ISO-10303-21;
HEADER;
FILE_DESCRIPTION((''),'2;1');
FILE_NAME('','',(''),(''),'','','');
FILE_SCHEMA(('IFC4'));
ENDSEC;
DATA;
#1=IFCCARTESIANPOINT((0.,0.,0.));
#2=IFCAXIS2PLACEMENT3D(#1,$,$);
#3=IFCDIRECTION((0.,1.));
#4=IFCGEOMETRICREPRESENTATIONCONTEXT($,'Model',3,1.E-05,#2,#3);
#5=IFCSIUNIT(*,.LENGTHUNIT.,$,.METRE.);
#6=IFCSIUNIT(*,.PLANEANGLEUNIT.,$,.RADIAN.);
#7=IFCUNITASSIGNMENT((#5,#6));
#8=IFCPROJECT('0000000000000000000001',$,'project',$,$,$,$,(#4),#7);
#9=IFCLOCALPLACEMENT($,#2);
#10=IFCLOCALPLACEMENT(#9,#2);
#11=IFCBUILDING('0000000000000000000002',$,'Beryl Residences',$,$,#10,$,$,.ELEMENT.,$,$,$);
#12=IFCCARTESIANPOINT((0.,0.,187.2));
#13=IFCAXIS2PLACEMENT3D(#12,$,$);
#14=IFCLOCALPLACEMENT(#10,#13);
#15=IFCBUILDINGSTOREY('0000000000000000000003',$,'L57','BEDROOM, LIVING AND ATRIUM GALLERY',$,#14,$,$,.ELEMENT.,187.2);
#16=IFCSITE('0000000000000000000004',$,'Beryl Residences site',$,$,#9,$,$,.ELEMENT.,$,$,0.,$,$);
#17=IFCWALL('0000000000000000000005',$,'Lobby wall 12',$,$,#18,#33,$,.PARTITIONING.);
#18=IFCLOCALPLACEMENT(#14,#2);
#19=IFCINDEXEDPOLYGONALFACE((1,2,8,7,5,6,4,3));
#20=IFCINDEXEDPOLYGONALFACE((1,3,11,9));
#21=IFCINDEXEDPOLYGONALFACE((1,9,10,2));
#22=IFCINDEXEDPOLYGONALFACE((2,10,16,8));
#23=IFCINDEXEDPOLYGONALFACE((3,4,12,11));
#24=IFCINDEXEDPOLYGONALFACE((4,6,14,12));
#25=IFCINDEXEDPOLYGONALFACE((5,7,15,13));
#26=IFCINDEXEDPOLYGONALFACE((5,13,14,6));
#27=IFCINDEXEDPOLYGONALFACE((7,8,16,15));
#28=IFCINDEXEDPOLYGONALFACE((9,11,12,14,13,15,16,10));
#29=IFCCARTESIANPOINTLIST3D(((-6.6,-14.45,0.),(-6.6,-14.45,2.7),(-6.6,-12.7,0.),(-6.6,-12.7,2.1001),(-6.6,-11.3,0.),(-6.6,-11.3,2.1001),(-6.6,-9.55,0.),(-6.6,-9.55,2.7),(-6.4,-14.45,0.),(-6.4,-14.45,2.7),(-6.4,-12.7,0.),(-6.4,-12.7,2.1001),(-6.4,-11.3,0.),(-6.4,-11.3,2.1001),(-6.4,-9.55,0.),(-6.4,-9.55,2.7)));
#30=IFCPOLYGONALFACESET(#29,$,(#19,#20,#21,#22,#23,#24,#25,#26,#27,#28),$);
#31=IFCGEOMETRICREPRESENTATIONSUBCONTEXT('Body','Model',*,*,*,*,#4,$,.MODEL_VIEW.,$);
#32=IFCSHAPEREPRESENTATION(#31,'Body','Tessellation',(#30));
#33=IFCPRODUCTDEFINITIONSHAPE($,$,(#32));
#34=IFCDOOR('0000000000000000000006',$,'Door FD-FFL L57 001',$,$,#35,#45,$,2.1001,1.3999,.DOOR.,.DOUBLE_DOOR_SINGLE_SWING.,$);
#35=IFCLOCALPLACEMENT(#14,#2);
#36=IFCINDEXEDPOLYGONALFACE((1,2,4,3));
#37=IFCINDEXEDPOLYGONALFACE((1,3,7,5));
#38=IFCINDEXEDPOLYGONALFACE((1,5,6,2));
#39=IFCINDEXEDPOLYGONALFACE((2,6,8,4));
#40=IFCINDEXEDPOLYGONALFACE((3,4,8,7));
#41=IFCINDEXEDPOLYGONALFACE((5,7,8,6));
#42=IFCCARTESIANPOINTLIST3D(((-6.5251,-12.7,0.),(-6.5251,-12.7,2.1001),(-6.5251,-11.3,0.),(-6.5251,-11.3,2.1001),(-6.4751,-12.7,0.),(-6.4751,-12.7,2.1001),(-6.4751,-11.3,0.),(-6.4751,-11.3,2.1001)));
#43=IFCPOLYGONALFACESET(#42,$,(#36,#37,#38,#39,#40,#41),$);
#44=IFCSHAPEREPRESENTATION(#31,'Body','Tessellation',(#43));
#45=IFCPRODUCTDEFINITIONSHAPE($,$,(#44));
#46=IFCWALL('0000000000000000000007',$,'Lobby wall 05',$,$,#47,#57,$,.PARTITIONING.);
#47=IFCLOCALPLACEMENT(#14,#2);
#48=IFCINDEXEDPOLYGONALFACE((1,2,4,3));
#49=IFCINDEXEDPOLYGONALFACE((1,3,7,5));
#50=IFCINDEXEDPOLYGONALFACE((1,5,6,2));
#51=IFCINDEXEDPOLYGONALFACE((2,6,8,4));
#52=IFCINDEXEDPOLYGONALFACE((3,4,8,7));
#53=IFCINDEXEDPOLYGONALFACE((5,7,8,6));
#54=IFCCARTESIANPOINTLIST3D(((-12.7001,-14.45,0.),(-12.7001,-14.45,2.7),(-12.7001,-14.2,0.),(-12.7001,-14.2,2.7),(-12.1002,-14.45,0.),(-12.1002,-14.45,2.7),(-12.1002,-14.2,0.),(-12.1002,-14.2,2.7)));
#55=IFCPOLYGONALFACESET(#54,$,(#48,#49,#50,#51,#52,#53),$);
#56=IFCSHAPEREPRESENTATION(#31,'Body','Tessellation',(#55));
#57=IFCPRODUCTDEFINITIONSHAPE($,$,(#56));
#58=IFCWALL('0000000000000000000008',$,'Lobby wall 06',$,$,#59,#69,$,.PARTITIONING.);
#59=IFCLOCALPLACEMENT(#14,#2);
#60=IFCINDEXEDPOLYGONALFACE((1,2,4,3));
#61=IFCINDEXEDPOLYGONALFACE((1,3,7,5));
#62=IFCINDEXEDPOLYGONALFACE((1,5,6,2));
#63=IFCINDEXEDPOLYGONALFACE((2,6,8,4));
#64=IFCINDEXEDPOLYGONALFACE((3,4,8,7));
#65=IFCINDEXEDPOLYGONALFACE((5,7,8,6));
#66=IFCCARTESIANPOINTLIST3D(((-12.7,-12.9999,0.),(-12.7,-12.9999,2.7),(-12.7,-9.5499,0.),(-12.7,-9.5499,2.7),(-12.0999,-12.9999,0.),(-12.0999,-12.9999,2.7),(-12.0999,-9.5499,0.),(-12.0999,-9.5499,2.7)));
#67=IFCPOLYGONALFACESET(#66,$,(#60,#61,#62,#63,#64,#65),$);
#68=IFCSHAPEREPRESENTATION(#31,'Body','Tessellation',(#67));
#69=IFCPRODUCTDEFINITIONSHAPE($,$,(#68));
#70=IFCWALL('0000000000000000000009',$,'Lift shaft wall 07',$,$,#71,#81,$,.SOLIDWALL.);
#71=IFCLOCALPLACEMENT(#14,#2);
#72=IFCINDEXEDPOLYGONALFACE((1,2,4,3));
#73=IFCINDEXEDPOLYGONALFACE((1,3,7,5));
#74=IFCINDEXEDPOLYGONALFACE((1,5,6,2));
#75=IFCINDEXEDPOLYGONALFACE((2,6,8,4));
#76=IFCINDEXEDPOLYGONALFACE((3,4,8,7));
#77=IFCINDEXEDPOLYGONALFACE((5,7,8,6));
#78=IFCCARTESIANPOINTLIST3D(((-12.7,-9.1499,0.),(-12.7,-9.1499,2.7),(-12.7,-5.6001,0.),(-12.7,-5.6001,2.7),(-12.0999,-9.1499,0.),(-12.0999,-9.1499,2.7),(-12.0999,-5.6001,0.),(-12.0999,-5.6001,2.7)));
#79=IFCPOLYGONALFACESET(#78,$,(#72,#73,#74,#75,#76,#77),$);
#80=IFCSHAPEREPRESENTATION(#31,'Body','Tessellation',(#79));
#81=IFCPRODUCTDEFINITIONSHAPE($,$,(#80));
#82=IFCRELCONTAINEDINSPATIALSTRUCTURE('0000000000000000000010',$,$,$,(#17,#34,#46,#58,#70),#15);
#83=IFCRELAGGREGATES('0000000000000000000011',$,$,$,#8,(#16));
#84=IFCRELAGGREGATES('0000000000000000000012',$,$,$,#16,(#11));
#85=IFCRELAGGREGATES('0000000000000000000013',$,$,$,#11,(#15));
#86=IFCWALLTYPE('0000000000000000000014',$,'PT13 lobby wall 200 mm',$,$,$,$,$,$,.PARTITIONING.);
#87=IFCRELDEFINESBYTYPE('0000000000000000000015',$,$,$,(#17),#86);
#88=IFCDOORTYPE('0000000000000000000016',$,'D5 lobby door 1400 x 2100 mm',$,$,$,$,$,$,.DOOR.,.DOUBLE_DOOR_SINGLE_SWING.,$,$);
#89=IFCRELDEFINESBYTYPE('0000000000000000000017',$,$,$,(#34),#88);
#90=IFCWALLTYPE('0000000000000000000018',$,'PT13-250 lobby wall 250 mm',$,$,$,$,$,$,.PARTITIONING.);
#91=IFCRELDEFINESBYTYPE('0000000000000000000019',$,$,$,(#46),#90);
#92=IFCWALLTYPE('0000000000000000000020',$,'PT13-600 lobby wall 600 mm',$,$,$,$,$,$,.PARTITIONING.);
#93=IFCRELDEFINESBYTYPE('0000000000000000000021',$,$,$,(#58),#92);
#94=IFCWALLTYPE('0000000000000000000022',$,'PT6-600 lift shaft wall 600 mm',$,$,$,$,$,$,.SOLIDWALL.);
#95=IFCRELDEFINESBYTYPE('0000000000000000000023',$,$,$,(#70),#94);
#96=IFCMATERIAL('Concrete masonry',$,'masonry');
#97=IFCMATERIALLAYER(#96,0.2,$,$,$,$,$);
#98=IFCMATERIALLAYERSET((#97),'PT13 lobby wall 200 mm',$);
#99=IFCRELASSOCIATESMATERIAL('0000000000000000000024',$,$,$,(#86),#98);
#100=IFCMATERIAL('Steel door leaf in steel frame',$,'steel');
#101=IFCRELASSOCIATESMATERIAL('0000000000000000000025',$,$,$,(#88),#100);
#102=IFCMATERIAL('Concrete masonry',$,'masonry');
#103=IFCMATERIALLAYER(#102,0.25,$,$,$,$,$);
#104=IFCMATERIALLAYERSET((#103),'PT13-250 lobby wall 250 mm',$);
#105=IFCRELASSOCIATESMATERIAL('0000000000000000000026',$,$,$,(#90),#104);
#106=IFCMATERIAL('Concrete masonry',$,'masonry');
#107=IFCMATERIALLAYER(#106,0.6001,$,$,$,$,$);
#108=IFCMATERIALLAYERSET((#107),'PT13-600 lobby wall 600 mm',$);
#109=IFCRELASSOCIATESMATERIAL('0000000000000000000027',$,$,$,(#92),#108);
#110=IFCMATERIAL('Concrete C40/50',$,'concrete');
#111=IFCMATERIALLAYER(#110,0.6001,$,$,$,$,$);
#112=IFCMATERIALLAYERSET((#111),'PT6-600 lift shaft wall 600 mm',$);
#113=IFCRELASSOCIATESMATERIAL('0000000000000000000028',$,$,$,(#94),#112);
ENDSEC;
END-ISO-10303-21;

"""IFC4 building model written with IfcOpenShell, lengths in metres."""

from ifc_helpers import new_model, si_unit, direction, frame, frame_2d, origin, place, context, subcontext, project, spatial, rectangle, extrude, material, layer, layer_set, type_object, element, fill, save


model = new_model("IFC4")

# Units and contexts
model_context = context("Model", 3, precision=1e-05, world=origin(), true_north=direction((0.0, 1.0)))
body_context = subcontext(model_context, "Body", "Model", "MODEL_VIEW")
ifc_project = project(units=[si_unit("LENGTHUNIT", "METRE"), si_unit("PLANEANGLEUNIT", "RADIAN")], contexts=[model_context])

# Site, building, storey
site_placement = place(None, origin())
site = spatial("IfcSite", under=ifc_project, at=site_placement, Name="Beryl Residences site", CompositionType="ELEMENT", RefElevation=0.0)
building_placement = place(site_placement, origin())
building = spatial("IfcBuilding", under=site, at=building_placement, Name="Beryl Residences", CompositionType="ELEMENT")
storey_placement = place(building_placement, frame((0.0, 0.0, 187.2)))
storey = spatial("IfcBuildingStorey", under=building, at=storey_placement, Name="L57", Description="BEDROOM, LIVING AND ATRIUM GALLERY", CompositionType="ELEMENT", Elevation=187.2)

# Wall, opening, door
ifc_material_1 = material(Name="Concrete masonry", Category="masonry")
ifc_layer_1 = layer(ifc_material_1, 0.2)
ifc_layer_set_1 = layer_set([ifc_layer_1], Name="PT13 lobby wall 200 mm")
wall_type_1 = type_object("IfcWallType", Name="PT13 lobby wall 200 mm", PredefinedType="PARTITIONING", material=ifc_layer_set_1)
wall_1_placement = place(storey_placement, frame((-6.5, -14.45, 0.0), z_axis=(0.0, 0.0, 1.0), x_axis=(0.0, 1.0, 0.0)))
wall_1 = element("IfcWall", 1, at=wall_1_placement, inside=storey, type_object=wall_type_1, Name="Lobby wall 12", PredefinedType="PARTITIONING", context=body_context, shape_type="SweptSolid", body=[
    extrude(rectangle(XDim=4.8999, YDim=0.2, at=frame_2d((2.45, 0.0))), origin(), (0.0, 0.0, 1.0), 2.7),
])
opening_1_placement = place(wall_1_placement, frame((3.1499, 0.0, 0.0), z_axis=(0.0, 0.0, 1.0), x_axis=(-1.0, 0.0, 0.0)))
opening_1 = element("IfcOpeningElement", 2, at=opening_1_placement, cuts=wall_1, PredefinedType="OPENING", context=body_context, shape_type="SweptSolid", body=[
    extrude(rectangle(XDim=1.3999, YDim=2.1001, at=frame_2d((0.7, 1.05))), frame((0.0, 0.1099, 0.0), z_axis=(0.0, -1.0, 0.0), x_axis=(1.0, 0.0, 0.0)), (0.0, 0.0, 1.0), 0.22),
])
ifc_material_2 = material(Name="Steel door leaf in steel frame", Category="steel")
door_type_1 = type_object("IfcDoorType", Name="D5 lobby door 1400 x 2100 mm", OperationType="DOUBLE_DOOR_SINGLE_SWING", PredefinedType="DOOR", material=ifc_material_2)
door_1_placement = place(opening_1_placement, origin())
door_1 = element("IfcDoor", 3, at=door_1_placement, inside=storey, type_object=door_type_1, Name="Door FD-FFL L57 001", OperationType="DOUBLE_DOOR_SINGLE_SWING", OverallHeight=2.1001, OverallWidth=1.3999, PredefinedType="DOOR", context=body_context, shape_type="SweptSolid", body=[
    extrude(rectangle(XDim=1.3999, YDim=2.1001, at=frame_2d((0.7, 1.05))), frame((0.0, 0.0249, 0.0), z_axis=(0.0, -1.0, 0.0), x_axis=(1.0, 0.0, 0.0)), (0.0, 0.0, 1.0), 0.05),
])
fill(opening_1, door_1)

# Walls
ifc_material_3 = material(Name="Concrete masonry", Category="masonry")
ifc_layer_2 = layer(ifc_material_3, 0.25)
ifc_layer_set_2 = layer_set([ifc_layer_2], Name="PT13-250 lobby wall 250 mm")
wall_type_2 = type_object("IfcWallType", Name="PT13-250 lobby wall 250 mm", PredefinedType="PARTITIONING", material=ifc_layer_set_2)
wall_2_placement = place(storey_placement, frame((-12.7, -14.325, 0.0), z_axis=(0.0, 0.0, 1.0), x_axis=(1.0, 0.0, 0.0)))
element("IfcWall", 4, at=wall_2_placement, inside=storey, type_object=wall_type_2, Name="Lobby wall 05", PredefinedType="PARTITIONING", context=body_context, shape_type="SweptSolid", body=[
    extrude(rectangle(XDim=0.5999, YDim=0.25, at=frame_2d((0.2998, 0.0))), origin(), (0.0, 0.0, 1.0), 2.7),
])
ifc_material_4 = material(Name="Concrete masonry", Category="masonry")
ifc_layer_3 = layer(ifc_material_4, 0.6001)
ifc_layer_set_3 = layer_set([ifc_layer_3], Name="PT13-600 lobby wall 600 mm")
wall_type_3 = type_object("IfcWallType", Name="PT13-600 lobby wall 600 mm", PredefinedType="PARTITIONING", material=ifc_layer_set_3)
wall_3_placement = place(storey_placement, frame((-12.3999, -13.0, 0.0), z_axis=(0.0, 0.0, 1.0), x_axis=(0.0, 1.0, 0.0)))
element("IfcWall", 5, at=wall_3_placement, inside=storey, type_object=wall_type_3, Name="Lobby wall 06", PredefinedType="PARTITIONING", context=body_context, shape_type="SweptSolid", body=[
    extrude(rectangle(XDim=3.45, YDim=0.6001, at=frame_2d((1.7251, 0.0))), origin(), (0.0, 0.0, 1.0), 2.7),
])
ifc_material_5 = material(Name="Concrete C40/50", Category="concrete")
ifc_layer_4 = layer(ifc_material_5, 0.6001)
ifc_layer_set_4 = layer_set([ifc_layer_4], Name="PT6-600 lift shaft wall 600 mm")
wall_type_4 = type_object("IfcWallType", Name="PT6-600 lift shaft wall 600 mm", PredefinedType="SOLIDWALL", material=ifc_layer_set_4)
wall_4_placement = place(storey_placement, frame((-12.3999, -9.1499, 0.0), z_axis=(0.0, 0.0, 1.0), x_axis=(0.0, 1.0, 0.0)))
element("IfcWall", 6, at=wall_4_placement, inside=storey, type_object=wall_type_4, Name="Lift shaft wall 07", PredefinedType="SOLIDWALL", context=body_context, shape_type="SweptSolid", body=[
    extrude(rectangle(XDim=3.5498, YDim=0.6001, at=frame_2d((1.7749, 0.0))), origin(), (0.0, 0.0, 1.0), 2.7),
])

save(model, "model.ifc")
